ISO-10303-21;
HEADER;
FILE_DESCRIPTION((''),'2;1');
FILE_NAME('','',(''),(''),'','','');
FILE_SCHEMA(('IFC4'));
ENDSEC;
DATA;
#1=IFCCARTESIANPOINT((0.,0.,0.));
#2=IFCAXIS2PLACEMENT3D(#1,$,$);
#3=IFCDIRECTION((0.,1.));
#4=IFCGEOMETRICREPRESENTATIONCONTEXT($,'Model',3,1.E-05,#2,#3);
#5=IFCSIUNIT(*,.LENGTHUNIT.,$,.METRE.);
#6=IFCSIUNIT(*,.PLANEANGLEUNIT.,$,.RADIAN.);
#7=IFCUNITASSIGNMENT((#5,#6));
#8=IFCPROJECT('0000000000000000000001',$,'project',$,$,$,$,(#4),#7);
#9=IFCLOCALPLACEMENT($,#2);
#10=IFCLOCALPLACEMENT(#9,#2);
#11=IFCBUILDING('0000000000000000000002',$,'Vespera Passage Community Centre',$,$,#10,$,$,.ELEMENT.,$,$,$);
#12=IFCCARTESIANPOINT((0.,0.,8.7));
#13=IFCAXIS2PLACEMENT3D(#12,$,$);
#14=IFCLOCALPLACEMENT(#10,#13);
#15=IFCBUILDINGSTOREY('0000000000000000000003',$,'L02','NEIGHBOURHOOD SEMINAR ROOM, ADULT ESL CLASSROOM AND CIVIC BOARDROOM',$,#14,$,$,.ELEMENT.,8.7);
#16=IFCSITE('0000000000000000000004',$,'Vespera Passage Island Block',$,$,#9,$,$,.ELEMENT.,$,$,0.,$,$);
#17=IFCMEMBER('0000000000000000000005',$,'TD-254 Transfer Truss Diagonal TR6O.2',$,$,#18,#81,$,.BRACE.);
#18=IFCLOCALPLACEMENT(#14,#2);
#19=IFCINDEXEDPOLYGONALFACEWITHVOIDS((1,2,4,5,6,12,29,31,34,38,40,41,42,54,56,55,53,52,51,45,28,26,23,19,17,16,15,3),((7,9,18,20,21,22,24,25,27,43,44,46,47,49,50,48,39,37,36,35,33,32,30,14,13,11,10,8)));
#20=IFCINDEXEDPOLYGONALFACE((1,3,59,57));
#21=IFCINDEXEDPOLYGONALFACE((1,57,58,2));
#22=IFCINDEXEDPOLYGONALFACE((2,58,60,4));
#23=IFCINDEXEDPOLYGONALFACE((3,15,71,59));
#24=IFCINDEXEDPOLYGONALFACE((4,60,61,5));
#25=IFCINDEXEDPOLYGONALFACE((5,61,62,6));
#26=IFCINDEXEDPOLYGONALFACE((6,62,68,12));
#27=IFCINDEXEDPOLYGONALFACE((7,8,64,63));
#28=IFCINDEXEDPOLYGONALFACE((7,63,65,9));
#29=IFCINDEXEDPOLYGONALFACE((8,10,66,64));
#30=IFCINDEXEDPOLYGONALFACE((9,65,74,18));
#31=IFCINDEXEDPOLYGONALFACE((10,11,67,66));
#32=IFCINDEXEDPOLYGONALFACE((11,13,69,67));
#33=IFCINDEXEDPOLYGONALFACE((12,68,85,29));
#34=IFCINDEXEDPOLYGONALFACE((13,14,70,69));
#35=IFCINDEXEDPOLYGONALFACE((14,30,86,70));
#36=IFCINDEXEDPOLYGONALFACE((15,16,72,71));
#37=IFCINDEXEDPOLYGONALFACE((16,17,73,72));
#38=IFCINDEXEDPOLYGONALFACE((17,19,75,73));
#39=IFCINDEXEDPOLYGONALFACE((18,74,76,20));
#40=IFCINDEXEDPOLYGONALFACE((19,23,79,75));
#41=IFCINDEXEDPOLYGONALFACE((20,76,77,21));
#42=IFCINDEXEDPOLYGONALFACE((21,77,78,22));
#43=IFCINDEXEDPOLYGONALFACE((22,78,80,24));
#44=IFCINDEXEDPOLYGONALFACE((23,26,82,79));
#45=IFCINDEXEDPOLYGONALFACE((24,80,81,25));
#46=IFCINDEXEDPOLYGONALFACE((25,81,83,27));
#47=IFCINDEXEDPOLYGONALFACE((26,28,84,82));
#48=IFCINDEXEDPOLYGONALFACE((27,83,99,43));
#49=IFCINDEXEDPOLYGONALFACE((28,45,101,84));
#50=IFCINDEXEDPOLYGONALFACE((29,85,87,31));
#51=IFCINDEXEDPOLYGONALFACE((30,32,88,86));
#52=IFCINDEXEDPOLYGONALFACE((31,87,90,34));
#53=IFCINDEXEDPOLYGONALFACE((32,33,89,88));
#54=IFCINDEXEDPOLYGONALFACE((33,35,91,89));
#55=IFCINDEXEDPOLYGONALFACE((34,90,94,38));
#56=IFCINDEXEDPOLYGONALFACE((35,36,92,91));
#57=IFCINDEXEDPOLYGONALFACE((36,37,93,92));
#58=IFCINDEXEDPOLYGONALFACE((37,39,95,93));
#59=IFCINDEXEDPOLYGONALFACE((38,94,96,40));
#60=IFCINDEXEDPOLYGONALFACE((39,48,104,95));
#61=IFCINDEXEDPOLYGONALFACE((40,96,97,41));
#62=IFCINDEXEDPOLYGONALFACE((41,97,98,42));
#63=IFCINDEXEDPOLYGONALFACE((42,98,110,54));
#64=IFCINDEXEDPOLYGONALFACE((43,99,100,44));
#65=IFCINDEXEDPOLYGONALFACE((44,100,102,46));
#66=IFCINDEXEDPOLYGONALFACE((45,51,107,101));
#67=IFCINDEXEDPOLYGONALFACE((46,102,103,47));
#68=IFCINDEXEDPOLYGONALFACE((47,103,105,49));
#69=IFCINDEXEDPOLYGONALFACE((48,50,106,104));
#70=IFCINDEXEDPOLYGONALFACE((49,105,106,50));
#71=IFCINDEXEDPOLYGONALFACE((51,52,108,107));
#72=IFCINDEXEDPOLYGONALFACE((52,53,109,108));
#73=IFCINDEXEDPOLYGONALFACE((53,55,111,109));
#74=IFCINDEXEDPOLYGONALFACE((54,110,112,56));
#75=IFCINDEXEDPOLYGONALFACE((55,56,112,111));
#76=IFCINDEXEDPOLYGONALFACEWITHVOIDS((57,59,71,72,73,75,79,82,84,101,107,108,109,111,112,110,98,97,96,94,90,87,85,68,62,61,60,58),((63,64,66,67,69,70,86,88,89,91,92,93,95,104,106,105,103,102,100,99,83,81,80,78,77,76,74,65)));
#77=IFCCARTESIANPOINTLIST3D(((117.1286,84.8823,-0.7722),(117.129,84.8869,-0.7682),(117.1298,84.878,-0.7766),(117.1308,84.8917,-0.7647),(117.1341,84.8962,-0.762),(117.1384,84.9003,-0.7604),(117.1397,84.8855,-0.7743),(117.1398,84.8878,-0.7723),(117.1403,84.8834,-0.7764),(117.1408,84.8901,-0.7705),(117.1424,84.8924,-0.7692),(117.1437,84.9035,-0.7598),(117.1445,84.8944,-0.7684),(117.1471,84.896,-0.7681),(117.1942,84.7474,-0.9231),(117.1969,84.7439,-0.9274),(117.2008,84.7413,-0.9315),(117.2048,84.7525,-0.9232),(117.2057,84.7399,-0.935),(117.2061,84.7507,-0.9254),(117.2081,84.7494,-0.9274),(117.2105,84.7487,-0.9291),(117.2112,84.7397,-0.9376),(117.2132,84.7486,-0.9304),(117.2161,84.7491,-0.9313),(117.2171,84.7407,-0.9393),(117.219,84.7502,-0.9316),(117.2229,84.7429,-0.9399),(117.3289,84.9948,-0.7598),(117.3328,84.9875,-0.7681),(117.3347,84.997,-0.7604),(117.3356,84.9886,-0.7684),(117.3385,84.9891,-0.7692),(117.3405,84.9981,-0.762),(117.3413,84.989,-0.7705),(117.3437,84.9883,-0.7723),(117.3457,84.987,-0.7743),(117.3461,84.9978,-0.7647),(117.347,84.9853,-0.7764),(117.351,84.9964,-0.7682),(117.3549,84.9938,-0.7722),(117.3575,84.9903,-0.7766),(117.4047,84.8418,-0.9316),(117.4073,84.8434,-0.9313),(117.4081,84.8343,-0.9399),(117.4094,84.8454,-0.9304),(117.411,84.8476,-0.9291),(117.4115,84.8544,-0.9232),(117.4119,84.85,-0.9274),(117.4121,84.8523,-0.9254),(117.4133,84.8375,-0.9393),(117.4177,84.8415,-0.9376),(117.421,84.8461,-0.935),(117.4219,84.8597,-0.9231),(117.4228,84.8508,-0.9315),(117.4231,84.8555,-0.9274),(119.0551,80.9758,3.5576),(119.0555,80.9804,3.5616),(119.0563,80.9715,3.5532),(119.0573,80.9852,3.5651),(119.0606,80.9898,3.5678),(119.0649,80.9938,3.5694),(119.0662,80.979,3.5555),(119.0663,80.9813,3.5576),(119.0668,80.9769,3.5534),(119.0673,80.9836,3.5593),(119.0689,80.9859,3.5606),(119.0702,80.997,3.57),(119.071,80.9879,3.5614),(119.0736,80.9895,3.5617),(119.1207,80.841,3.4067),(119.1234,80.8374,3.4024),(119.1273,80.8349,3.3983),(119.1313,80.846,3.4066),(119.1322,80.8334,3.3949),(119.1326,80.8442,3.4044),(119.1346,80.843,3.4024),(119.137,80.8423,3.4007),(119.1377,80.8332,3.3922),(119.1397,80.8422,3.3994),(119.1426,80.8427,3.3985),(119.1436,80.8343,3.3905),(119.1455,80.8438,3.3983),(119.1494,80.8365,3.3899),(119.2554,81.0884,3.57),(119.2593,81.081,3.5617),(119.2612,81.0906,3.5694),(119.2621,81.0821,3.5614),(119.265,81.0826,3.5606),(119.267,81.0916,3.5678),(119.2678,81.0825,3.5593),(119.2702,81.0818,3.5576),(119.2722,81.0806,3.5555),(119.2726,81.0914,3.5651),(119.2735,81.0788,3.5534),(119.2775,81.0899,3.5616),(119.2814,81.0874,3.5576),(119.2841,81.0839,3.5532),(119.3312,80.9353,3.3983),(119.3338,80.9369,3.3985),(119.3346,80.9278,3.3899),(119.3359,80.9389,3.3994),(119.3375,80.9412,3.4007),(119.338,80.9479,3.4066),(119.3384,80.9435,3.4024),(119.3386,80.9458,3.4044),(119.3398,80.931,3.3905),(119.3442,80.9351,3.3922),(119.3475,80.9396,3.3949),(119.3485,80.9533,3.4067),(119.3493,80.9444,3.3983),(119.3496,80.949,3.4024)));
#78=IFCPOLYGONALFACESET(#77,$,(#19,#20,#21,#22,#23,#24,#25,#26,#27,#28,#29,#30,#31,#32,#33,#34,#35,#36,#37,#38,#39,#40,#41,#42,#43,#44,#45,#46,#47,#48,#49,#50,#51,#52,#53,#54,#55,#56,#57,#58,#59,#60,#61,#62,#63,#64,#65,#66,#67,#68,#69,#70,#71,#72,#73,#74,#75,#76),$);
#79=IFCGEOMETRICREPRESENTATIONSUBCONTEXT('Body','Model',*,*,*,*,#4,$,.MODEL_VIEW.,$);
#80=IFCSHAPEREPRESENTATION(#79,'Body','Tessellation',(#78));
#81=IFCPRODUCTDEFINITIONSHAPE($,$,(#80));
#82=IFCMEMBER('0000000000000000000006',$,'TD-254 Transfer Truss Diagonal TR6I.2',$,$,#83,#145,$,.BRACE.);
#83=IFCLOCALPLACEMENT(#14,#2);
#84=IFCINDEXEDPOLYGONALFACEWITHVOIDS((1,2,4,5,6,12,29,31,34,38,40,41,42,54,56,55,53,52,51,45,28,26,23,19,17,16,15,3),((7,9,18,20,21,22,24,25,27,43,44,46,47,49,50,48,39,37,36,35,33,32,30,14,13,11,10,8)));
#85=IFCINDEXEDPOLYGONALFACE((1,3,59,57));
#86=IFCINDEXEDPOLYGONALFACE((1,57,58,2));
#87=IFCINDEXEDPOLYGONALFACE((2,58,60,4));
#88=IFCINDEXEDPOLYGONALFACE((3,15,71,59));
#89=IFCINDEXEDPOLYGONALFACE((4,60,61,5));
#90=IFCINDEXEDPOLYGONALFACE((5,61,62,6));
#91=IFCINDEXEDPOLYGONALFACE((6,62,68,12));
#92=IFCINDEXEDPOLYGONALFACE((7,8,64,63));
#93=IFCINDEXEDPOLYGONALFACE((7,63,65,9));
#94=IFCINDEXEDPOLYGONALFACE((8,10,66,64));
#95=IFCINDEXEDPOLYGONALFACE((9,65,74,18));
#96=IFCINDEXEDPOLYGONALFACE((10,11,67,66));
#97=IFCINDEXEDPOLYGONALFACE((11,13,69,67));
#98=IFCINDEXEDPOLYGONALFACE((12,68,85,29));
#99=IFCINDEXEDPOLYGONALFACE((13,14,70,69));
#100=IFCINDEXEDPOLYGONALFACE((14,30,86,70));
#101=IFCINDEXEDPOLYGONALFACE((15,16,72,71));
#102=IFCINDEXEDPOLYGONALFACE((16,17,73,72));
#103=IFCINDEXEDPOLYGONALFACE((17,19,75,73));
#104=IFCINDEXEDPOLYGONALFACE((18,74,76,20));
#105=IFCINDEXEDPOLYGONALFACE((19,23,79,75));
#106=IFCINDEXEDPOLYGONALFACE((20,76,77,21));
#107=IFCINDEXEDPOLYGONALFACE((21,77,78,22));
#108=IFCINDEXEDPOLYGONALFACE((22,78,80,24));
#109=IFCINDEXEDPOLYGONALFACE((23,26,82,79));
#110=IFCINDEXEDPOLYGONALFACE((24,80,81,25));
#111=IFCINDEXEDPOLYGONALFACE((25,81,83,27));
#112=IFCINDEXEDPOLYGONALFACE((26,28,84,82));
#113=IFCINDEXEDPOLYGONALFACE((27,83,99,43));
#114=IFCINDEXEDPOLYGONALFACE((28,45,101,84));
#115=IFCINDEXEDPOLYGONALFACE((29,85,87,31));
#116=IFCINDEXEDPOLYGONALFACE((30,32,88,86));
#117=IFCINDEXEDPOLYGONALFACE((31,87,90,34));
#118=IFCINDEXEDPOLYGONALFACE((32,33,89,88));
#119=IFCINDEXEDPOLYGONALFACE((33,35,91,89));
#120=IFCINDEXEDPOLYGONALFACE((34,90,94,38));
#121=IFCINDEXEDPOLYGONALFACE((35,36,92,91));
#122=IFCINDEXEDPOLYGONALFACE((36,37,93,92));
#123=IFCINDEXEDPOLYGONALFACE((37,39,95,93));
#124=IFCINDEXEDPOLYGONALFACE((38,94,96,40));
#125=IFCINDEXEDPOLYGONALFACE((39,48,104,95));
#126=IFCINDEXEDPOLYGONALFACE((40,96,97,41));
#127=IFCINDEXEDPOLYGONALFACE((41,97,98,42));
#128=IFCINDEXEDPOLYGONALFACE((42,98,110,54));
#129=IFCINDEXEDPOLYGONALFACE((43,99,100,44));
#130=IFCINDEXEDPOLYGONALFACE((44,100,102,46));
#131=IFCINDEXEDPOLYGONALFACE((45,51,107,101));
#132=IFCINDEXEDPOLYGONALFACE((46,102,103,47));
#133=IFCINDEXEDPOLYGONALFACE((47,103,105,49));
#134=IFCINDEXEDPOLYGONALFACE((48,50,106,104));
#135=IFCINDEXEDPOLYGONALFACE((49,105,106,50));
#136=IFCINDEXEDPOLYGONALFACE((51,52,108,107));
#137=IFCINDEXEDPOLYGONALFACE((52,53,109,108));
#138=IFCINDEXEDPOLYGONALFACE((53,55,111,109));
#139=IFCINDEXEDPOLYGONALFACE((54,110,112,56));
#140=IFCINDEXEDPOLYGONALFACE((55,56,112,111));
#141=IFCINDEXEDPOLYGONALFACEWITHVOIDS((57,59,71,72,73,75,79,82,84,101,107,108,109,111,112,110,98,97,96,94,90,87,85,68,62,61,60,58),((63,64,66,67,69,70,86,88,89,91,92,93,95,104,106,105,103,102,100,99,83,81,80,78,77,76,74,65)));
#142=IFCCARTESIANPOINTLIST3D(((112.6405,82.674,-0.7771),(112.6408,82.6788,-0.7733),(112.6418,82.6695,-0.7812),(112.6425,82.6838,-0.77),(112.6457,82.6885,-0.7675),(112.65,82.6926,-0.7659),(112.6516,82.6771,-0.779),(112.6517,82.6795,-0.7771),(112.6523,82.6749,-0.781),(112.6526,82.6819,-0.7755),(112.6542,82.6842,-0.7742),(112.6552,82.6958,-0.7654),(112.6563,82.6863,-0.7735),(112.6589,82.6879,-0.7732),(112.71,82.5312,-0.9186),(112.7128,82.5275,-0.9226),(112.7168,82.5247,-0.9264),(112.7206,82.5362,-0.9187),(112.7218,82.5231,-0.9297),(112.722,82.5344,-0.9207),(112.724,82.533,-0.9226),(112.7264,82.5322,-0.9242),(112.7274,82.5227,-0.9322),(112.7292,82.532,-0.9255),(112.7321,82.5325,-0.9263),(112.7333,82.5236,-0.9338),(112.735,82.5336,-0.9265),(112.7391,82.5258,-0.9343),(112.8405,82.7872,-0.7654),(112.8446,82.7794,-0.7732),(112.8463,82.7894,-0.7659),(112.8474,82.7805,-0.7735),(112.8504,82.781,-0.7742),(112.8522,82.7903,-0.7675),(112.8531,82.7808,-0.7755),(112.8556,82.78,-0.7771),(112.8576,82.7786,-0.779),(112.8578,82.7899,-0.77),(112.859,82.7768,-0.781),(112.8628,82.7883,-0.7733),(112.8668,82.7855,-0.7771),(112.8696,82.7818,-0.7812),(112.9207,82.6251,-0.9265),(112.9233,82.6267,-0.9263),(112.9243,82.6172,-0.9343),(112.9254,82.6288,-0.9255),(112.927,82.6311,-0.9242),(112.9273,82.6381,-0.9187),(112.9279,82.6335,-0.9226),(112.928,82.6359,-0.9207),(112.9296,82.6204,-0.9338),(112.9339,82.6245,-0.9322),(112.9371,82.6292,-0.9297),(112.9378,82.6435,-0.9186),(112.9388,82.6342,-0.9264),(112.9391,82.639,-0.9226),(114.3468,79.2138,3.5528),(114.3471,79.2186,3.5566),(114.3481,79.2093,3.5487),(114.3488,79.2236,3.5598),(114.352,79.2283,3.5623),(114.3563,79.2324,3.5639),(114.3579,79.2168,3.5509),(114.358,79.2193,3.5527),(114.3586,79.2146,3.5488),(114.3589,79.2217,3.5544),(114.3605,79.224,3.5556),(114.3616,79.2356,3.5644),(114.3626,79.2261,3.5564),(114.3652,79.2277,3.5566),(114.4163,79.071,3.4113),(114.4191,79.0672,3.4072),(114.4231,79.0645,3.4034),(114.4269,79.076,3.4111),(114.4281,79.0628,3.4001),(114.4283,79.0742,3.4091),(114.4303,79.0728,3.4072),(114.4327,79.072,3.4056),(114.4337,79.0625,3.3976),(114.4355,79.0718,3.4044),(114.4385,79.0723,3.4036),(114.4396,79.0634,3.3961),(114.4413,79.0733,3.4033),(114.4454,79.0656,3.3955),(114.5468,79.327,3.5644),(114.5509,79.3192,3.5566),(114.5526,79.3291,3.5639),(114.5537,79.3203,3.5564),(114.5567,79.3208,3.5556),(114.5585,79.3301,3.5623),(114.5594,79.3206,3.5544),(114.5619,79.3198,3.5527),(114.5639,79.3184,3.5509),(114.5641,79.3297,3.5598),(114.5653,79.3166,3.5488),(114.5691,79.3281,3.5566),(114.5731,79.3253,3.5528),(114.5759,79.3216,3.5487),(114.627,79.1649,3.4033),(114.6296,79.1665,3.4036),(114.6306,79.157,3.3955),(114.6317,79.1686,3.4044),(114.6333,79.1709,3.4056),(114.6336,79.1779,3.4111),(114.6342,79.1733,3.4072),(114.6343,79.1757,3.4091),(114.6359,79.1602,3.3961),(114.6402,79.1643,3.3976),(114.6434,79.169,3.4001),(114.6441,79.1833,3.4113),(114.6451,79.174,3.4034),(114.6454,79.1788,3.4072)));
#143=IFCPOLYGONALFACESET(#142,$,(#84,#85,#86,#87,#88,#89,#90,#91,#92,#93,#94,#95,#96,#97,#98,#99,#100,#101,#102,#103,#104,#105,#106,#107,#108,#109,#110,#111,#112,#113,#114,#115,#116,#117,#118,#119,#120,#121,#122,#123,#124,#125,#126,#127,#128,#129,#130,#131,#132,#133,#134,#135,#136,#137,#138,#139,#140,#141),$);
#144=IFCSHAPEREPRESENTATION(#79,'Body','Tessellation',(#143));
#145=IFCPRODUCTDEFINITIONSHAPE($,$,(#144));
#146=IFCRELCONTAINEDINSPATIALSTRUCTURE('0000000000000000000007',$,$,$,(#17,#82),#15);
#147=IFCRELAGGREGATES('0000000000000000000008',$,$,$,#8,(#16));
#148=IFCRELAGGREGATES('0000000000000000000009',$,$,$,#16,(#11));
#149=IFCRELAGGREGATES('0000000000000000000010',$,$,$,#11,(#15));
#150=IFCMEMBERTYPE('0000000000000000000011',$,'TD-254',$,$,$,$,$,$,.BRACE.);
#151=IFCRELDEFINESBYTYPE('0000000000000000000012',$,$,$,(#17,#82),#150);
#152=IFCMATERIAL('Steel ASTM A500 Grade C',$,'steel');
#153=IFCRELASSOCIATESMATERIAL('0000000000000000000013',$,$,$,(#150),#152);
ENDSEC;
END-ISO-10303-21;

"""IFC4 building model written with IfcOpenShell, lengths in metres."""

from ifc_helpers import new_model, si_unit, direction, frame, origin, origin_2d, place, context, subcontext, project, spatial, hollow_rectangle, extrude, material, material_profile, profile_set, type_object, element, save


model = new_model("IFC4")

# Units and contexts
model_context = context("Model", 3, precision=1e-05, world=origin(), true_north=direction((0.0, 1.0)))
body_context = subcontext(model_context, "Body", "Model", "MODEL_VIEW")
ifc_project = project(units=[si_unit("LENGTHUNIT", "METRE"), si_unit("PLANEANGLEUNIT", "RADIAN")], contexts=[model_context])

# Site, building, storey
site_placement = place(None, origin())
site = spatial("IfcSite", under=ifc_project, at=site_placement, Name="Vespera Passage Island Block", CompositionType="ELEMENT", RefElevation=0.0)
building_placement = place(site_placement, origin())
building = spatial("IfcBuilding", under=site, at=building_placement, Name="Vespera Passage Community Centre", CompositionType="ELEMENT")
storey_placement = place(building_placement, frame((0.0, 0.0, 8.7)))
storey = spatial("IfcBuildingStorey", under=building, at=storey_placement, Name="L02", Description="NEIGHBOURHOOD SEMINAR ROOM, ADULT ESL CLASSROOM AND CIVIC BOARDROOM", CompositionType="ELEMENT", Elevation=8.7)

# Members
ifc_material_1 = material(Name="Steel ASTM A500 Grade C", Category="steel")
ifc_material_profile_1 = material_profile(ifc_material_1, hollow_rectangle(XDim=0.2539, YDim=0.2539, WallThickness=0.0117, InnerFilletRadius=0.0117, OuterFilletRadius=0.0237, at=origin_2d()), Name="HSS254X254X12.7")
ifc_profile_set_1 = profile_set([ifc_material_profile_1], Name="Steel ASTM A500 Grade C")
member_type_1 = type_object("IfcMemberType", Name="TD-254", PredefinedType="BRACE", material=ifc_profile_set_1)
member_1_placement = place(storey_placement, frame((119.2024, 80.9624, 3.48), z_axis=(-0.313681, 0.636068, -0.704998), x_axis=(-0.896869, -0.442297, 0.0)))
element("IfcMember", 1, at=member_1_placement, inside=storey, type_object=member_type_1, Name="TD-254 Transfer Truss Diagonal TR6O.2", PredefinedType="BRACE", context=body_context, shape_type="SweptSolid", body=[
    extrude(hollow_rectangle(XDim=0.2539, YDim=0.2539, WallThickness=0.0117, InnerFilletRadius=0.0117, OuterFilletRadius=0.0237, at=origin_2d()), origin(), (0.0, 0.0, 1.0), 6.1416),
])
member_2_placement = place(storey_placement, frame((114.4961, 79.1963, 3.48), z_axis=(-0.294225, 0.596659, -0.746613), x_axis=(-0.896882, -0.442271, 0.0)))
element("IfcMember", 2, at=member_2_placement, inside=storey, type_object=member_type_1, Name="TD-254 Transfer Truss Diagonal TR6I.2", PredefinedType="BRACE", context=body_context, shape_type="SweptSolid", body=[
    extrude(hollow_rectangle(XDim=0.2539, YDim=0.2539, WallThickness=0.0117, InnerFilletRadius=0.0117, OuterFilletRadius=0.0237, at=origin_2d()), origin(), (0.0, 0.0, 1.0), 5.7993),
])

save(model, "model.ifc")
